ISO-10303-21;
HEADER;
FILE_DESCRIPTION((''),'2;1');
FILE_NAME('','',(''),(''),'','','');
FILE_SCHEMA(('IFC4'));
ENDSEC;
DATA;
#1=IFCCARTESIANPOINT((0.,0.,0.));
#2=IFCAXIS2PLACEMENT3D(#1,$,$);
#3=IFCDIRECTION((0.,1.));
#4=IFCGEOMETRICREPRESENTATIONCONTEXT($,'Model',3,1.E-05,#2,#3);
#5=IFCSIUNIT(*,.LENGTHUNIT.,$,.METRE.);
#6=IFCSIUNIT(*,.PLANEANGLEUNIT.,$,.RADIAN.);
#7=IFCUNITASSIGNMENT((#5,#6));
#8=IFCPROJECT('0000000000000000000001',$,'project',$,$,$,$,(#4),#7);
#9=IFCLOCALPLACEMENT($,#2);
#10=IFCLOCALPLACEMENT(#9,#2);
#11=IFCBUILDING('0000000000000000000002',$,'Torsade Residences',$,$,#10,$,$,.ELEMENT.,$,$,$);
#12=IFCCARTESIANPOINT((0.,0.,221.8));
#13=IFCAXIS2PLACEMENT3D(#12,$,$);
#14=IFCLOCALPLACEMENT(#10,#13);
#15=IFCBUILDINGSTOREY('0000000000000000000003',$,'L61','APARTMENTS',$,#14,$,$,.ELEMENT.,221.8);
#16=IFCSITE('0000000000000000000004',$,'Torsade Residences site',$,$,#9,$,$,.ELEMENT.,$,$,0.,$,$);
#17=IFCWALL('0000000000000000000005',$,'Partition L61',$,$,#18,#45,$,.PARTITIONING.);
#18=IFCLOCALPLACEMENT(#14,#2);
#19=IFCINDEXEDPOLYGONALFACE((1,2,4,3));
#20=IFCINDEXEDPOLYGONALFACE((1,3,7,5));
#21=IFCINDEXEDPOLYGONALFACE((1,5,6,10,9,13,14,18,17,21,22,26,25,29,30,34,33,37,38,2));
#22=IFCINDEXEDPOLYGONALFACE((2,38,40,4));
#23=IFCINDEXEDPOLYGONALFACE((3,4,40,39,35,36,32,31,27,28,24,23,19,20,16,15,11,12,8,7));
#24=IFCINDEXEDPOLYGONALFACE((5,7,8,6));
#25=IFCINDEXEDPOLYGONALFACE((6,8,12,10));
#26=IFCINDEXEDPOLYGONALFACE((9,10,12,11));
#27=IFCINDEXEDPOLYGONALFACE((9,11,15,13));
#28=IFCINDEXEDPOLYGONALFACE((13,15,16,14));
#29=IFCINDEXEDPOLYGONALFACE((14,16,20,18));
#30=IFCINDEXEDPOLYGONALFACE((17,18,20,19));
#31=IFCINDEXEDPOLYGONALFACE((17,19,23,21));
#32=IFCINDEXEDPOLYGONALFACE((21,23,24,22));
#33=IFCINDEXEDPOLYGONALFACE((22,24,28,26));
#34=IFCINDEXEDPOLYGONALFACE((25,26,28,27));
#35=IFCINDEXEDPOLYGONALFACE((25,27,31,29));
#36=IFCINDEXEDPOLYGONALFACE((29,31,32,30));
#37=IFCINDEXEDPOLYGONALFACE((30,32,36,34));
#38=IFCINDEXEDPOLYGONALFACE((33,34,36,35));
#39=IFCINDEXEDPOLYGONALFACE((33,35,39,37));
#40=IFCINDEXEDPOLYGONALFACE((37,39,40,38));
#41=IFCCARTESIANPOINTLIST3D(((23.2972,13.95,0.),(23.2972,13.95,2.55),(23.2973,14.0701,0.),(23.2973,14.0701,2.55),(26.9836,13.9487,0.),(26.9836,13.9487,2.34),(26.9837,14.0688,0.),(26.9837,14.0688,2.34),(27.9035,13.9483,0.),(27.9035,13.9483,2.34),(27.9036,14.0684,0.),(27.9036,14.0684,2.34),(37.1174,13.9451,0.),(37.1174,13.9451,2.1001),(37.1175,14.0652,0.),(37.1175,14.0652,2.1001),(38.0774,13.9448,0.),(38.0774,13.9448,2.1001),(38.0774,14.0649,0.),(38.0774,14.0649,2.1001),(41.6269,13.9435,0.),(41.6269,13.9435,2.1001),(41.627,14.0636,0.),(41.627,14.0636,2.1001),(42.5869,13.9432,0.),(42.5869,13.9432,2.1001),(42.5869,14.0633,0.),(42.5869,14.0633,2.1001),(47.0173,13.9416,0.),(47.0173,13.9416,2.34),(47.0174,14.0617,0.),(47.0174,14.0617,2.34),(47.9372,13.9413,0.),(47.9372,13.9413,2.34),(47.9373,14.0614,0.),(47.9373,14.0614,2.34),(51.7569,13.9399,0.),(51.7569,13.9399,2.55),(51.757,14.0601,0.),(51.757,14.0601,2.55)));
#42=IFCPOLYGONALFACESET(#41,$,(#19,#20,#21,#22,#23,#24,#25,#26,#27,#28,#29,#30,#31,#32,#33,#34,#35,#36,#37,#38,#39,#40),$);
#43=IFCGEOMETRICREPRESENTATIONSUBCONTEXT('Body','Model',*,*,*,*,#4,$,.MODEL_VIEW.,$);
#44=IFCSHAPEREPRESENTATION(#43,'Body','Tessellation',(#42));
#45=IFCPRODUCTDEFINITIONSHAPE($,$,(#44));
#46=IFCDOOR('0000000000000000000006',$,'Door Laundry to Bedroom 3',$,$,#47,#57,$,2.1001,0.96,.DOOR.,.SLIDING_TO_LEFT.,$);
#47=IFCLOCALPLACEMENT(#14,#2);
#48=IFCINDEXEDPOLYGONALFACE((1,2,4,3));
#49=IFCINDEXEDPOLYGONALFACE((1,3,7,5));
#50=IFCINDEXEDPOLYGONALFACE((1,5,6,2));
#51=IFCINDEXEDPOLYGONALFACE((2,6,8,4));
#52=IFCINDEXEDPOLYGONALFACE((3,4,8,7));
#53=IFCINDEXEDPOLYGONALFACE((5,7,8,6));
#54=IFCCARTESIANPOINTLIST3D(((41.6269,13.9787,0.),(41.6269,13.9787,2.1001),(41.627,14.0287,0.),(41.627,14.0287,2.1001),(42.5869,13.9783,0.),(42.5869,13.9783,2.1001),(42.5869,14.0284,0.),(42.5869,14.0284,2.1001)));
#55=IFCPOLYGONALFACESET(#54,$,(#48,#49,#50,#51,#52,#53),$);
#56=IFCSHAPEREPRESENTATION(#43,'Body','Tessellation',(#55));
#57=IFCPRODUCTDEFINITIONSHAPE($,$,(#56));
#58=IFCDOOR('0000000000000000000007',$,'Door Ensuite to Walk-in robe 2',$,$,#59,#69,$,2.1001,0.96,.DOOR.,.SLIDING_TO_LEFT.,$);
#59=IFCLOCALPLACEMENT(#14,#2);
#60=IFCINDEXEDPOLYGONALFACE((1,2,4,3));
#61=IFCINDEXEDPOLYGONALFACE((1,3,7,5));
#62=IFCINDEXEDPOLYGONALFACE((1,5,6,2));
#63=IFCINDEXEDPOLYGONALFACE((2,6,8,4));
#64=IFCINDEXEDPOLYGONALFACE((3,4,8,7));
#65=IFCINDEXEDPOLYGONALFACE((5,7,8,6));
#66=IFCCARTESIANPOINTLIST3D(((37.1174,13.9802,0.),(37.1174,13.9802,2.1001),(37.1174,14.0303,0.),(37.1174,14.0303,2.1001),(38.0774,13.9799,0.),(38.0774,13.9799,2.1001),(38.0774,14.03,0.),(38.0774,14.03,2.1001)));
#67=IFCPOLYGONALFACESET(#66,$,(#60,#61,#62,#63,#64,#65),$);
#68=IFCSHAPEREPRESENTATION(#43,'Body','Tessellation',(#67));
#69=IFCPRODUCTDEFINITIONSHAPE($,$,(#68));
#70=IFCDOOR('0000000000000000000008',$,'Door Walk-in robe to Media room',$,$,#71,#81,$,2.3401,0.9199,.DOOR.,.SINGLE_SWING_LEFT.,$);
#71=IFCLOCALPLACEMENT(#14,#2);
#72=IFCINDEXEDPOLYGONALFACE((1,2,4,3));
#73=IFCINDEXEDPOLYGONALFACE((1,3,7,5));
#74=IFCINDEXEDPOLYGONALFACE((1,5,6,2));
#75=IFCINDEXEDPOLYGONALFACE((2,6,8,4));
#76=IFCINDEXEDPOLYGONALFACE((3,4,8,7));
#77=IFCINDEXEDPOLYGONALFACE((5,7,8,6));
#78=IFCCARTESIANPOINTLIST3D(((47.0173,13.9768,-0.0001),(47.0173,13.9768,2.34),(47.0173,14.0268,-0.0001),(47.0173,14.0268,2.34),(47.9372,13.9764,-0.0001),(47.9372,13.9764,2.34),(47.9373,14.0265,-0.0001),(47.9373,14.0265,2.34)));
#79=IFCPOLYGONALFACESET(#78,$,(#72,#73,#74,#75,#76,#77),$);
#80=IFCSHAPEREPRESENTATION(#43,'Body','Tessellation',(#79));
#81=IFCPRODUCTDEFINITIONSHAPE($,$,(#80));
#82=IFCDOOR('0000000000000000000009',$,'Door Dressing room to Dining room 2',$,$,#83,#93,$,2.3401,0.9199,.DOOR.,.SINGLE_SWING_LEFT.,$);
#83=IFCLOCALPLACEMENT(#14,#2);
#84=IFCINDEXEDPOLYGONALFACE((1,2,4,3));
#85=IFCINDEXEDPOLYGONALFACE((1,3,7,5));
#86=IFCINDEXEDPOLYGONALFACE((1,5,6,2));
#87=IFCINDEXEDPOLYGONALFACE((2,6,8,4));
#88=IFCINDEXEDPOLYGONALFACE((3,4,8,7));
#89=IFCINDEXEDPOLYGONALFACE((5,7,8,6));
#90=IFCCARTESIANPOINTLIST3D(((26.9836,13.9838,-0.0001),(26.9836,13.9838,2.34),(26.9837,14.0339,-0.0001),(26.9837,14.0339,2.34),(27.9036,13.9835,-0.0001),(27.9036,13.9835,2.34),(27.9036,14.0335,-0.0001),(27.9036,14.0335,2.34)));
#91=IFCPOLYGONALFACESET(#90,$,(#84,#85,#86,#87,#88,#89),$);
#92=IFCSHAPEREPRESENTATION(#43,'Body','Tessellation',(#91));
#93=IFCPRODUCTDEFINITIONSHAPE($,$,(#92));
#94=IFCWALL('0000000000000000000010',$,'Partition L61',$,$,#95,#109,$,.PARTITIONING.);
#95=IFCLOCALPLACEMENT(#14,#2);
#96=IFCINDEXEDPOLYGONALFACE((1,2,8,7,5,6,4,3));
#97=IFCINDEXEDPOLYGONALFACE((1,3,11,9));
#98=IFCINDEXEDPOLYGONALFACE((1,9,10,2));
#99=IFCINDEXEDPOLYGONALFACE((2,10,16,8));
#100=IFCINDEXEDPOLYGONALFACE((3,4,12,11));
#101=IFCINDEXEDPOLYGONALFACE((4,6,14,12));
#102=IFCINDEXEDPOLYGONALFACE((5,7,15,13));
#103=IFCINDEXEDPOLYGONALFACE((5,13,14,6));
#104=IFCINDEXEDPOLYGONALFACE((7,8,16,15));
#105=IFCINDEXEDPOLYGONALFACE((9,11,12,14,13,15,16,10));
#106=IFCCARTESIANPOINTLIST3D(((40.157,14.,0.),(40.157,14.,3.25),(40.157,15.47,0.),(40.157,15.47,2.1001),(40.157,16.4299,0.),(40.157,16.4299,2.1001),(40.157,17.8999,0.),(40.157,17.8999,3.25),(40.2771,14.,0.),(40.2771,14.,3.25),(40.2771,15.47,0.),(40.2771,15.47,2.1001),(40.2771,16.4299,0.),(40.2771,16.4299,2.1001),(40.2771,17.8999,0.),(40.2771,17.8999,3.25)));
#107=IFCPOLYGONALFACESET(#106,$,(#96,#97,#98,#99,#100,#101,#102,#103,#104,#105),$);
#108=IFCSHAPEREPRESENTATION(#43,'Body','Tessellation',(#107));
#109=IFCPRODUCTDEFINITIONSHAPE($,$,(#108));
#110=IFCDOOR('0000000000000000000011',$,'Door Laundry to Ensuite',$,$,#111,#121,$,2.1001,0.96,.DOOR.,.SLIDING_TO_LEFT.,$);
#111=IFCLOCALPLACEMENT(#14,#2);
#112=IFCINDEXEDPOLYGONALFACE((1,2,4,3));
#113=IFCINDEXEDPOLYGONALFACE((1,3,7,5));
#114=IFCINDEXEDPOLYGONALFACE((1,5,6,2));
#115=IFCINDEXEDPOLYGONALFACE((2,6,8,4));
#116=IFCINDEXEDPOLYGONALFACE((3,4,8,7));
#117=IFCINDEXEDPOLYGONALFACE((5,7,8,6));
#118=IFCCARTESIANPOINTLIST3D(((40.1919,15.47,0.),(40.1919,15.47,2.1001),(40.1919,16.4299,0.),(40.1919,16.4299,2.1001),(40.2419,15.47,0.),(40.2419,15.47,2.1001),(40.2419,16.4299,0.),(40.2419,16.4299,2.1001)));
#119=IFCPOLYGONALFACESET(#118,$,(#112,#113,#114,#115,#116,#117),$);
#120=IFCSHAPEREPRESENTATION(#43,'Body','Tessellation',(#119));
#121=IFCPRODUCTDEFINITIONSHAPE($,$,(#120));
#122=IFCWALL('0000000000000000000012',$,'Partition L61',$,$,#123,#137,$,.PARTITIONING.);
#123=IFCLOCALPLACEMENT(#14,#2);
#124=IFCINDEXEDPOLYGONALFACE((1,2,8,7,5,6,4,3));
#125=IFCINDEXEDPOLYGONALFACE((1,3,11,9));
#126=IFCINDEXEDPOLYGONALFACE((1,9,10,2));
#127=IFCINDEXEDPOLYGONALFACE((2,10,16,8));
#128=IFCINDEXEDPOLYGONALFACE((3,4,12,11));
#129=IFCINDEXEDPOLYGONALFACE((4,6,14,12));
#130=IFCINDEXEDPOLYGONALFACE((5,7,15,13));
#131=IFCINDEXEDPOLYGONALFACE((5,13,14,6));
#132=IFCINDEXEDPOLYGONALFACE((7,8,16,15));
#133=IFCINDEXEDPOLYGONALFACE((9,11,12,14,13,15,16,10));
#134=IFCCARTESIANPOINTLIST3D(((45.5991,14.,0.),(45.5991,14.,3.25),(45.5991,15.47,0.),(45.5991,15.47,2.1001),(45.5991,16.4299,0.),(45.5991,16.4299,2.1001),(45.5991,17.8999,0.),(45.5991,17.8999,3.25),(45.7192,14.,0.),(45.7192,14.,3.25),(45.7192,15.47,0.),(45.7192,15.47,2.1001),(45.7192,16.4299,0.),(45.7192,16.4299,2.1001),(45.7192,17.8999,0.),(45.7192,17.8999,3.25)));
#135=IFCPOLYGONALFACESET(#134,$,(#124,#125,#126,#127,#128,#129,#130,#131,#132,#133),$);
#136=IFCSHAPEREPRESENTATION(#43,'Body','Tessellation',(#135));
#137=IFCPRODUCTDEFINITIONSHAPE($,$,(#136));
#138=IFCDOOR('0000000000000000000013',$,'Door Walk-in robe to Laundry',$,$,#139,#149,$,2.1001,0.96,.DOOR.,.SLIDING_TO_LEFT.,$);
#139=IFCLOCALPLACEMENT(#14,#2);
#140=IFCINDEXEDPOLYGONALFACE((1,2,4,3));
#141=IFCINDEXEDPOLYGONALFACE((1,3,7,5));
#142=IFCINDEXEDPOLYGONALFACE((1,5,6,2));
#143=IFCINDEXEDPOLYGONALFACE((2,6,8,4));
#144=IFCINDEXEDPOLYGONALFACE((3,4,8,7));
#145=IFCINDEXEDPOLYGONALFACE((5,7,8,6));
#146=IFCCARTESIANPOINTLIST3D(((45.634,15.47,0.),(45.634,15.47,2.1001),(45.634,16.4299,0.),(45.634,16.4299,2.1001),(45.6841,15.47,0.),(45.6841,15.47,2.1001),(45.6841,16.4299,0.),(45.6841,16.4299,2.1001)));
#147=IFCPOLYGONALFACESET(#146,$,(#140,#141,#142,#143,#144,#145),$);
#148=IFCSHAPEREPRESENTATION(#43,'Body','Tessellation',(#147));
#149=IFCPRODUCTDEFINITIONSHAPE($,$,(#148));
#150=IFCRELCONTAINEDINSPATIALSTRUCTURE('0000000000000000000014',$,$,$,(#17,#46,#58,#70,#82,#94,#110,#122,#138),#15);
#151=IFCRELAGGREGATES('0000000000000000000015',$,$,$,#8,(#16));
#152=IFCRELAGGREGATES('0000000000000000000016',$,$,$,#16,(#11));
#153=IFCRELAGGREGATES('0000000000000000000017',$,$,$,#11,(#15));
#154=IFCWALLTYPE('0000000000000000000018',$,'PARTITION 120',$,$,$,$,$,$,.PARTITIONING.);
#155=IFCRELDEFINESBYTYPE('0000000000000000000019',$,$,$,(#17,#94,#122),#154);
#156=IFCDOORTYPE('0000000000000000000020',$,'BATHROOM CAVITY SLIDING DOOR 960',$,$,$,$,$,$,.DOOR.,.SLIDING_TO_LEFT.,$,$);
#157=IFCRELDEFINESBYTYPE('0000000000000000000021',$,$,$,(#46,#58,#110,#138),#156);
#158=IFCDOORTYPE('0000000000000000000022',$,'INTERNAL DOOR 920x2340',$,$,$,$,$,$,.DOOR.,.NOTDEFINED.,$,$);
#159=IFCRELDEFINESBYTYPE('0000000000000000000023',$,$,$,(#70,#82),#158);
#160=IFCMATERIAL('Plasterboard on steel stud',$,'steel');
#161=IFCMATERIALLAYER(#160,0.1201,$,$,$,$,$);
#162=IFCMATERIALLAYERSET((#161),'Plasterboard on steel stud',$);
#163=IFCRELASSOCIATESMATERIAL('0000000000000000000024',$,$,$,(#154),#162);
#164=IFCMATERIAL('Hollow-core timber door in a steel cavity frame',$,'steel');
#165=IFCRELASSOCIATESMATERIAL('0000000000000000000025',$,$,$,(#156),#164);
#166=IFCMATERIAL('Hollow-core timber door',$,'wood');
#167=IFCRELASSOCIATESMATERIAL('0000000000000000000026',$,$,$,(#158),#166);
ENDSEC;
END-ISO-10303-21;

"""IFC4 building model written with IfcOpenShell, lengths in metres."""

from ifc_helpers import new_model, si_unit, direction, frame, frame_2d, origin, place, context, subcontext, project, spatial, rectangle, extrude, material, layer, layer_set, type_object, element, fill, save


model = new_model("IFC4")

# Units and contexts
model_context = context("Model", 3, precision=1e-05, world=origin(), true_north=direction((0.0, 1.0)))
body_context = subcontext(model_context, "Body", "Model", "MODEL_VIEW")
ifc_project = project(units=[si_unit("LENGTHUNIT", "METRE"), si_unit("PLANEANGLEUNIT", "RADIAN")], contexts=[model_context])

# Site, building, storey
site_placement = place(None, origin())
site = spatial("IfcSite", under=ifc_project, at=site_placement, Name="Torsade Residences site", CompositionType="ELEMENT", RefElevation=0.0)
building_placement = place(site_placement, origin())
building = spatial("IfcBuilding", under=site, at=building_placement, Name="Torsade Residences", CompositionType="ELEMENT")
storey_placement = place(building_placement, frame((0.0, 0.0, 221.8)))
storey = spatial("IfcBuildingStorey", under=building, at=storey_placement, Name="L61", Description="APARTMENTS", CompositionType="ELEMENT", Elevation=221.8)

# Wall, openings, doors
ifc_material_1 = material(Name="Plasterboard on steel stud", Category="steel")
ifc_layer_1 = layer(ifc_material_1, 0.1201)
ifc_layer_set_1 = layer_set([ifc_layer_1], Name="Plasterboard on steel stud")
wall_type_1 = type_object("IfcWallType", Name="PARTITION 120", PredefinedType="PARTITIONING", material=ifc_layer_set_1)
wall_1_placement = place(storey_placement, frame((51.7571, 14.0, 0.0), z_axis=(0.0, 0.0, 1.0), x_axis=(-1.0, 0.000352, 0.0)))
wall_1 = element("IfcWall", 1, at=wall_1_placement, inside=storey, type_object=wall_type_1, Name="Partition L61", PredefinedType="PARTITIONING", context=body_context, shape_type="SweptSolid", body=[
    extrude(rectangle(XDim=28.4597, YDim=0.1201, at=frame_2d((14.23, 0.0))), origin(), (0.0, 0.0, 1.0), 2.55),
])
opening_1_placement = place(wall_1_placement, frame((3.8198, 0.0, 0.0)))
opening_1 = element("IfcOpeningElement", 2, at=opening_1_placement, cuts=wall_1, PredefinedType="OPENING", context=body_context, shape_type="SweptSolid", body=[
    extrude(rectangle(XDim=0.9199, YDim=2.3401, at=frame_2d((0.46, 1.1699))), frame((0.0, 0.0701, 0.0), z_axis=(0.0, -1.0, 0.0), x_axis=(1.0, 0.0, 0.0)), (0.0, 0.0, 1.0), 0.1401),
])
opening_2_placement = place(wall_1_placement, frame((9.1702, 0.0, 0.0)))
opening_2 = element("IfcOpeningElement", 3, at=opening_2_placement, cuts=wall_1, PredefinedType="OPENING", context=body_context, shape_type="SweptSolid", body=[
    extrude(rectangle(XDim=0.96, YDim=2.1001, at=frame_2d((0.48, 1.05))), frame((0.0, 0.0701, 0.0), z_axis=(0.0, -1.0, 0.0), x_axis=(1.0, 0.0, 0.0)), (0.0, 0.0, 1.0), 0.1401),
])
opening_3_placement = place(wall_1_placement, frame((13.6797, 0.0, 0.0)))
opening_3 = element("IfcOpeningElement", 4, at=opening_3_placement, cuts=wall_1, PredefinedType="OPENING", context=body_context, shape_type="SweptSolid", body=[
    extrude(rectangle(XDim=0.96, YDim=2.1001, at=frame_2d((0.48, 1.05))), frame((0.0, 0.0701, 0.0), z_axis=(0.0, -1.0, 0.0), x_axis=(1.0, 0.0, 0.0)), (0.0, 0.0, 1.0), 0.1401),
])
opening_4_placement = place(wall_1_placement, frame((23.8535, 0.0, 0.0)))
opening_4 = element("IfcOpeningElement", 5, at=opening_4_placement, cuts=wall_1, PredefinedType="OPENING", context=body_context, shape_type="SweptSolid", body=[
    extrude(rectangle(XDim=0.9199, YDim=2.3401, at=frame_2d((0.46, 1.1699))), frame((0.0, 0.0701, 0.0), z_axis=(0.0, -1.0, 0.0), x_axis=(1.0, 0.0, 0.0)), (0.0, 0.0, 1.0), 0.1401),
])
ifc_material_2 = material(Name="Hollow-core timber door in a steel cavity frame", Category="steel")
door_type_1 = type_object("IfcDoorType", Name="BATHROOM CAVITY SLIDING DOOR 960", OperationType="SLIDING_TO_LEFT", PredefinedType="DOOR", material=ifc_material_2)
door_1_placement = place(opening_2_placement, origin())
door_1 = element("IfcDoor", 6, at=door_1_placement, inside=storey, type_object=door_type_1, Name="Door Laundry to Bedroom 3", OperationType="SLIDING_TO_LEFT", OverallHeight=2.1001, OverallWidth=0.96, PredefinedType="DOOR", context=body_context, shape_type="SweptSolid", body=[
    extrude(rectangle(XDim=0.96, YDim=2.1001, at=frame_2d((0.48, 1.05))), frame((0.0, 0.0249, 0.0), z_axis=(0.0, -1.0, 0.0), x_axis=(1.0, 0.0, 0.0)), (0.0, 0.0, 1.0), 0.05),
])
fill(opening_2, door_1)
door_2_placement = place(opening_3_placement, origin())
door_2 = element("IfcDoor", 7, at=door_2_placement, inside=storey, type_object=door_type_1, Name="Door Ensuite to Walk-in robe 2", OperationType="SLIDING_TO_LEFT", OverallHeight=2.1001, OverallWidth=0.96, PredefinedType="DOOR", context=body_context, shape_type="SweptSolid", body=[
    extrude(rectangle(XDim=0.96, YDim=2.1001, at=frame_2d((0.48, 1.05))), frame((0.0, 0.0249, 0.0), z_axis=(0.0, -1.0, 0.0), x_axis=(1.0, 0.0, 0.0)), (0.0, 0.0, 1.0), 0.05),
])
fill(opening_3, door_2)
ifc_material_3 = material(Name="Hollow-core timber door", Category="wood")
door_type_2 = type_object("IfcDoorType", Name="INTERNAL DOOR 920x2340", OperationType="NOTDEFINED", PredefinedType="DOOR", material=ifc_material_3)
door_3_placement = place(opening_1_placement, origin())
door_3 = element("IfcDoor", 8, at=door_3_placement, inside=storey, type_object=door_type_2, Name="Door Walk-in robe to Media room", OperationType="SINGLE_SWING_LEFT", OverallHeight=2.3401, OverallWidth=0.9199, PredefinedType="DOOR", context=body_context, shape_type="SweptSolid", body=[
    extrude(rectangle(XDim=0.9199, YDim=2.3401, at=frame_2d((0.46, 1.1699))), frame((0.0, 0.0249, 0.0), z_axis=(0.0, -1.0, 0.0), x_axis=(1.0, 0.0, 0.0)), (0.0, 0.0, 1.0), 0.05),
])
fill(opening_1, door_3)
door_4_placement = place(opening_4_placement, origin())
door_4 = element("IfcDoor", 9, at=door_4_placement, inside=storey, type_object=door_type_2, Name="Door Dressing room to Dining room 2", OperationType="SINGLE_SWING_LEFT", OverallHeight=2.3401, OverallWidth=0.9199, PredefinedType="DOOR", context=body_context, shape_type="SweptSolid", body=[
    extrude(rectangle(XDim=0.9199, YDim=2.3401, at=frame_2d((0.46, 1.1699))), frame((0.0, 0.0249, 0.0), z_axis=(0.0, -1.0, 0.0), x_axis=(1.0, 0.0, 0.0)), (0.0, 0.0, 1.0), 0.05),
])
fill(opening_4, door_4)

# Walls, openings, doors
wall_2_placement = place(storey_placement, frame((40.217, 17.8999, 0.0), z_axis=(0.0, 0.0, 1.0), x_axis=(0.0, -1.0, 0.0)))
wall_2 = element("IfcWall", 10, at=wall_2_placement, inside=storey, type_object=wall_type_1, Name="Partition L61", PredefinedType="PARTITIONING", context=body_context, shape_type="SweptSolid", body=[
    extrude(rectangle(XDim=3.8999, YDim=0.1201, at=frame_2d((1.95, 0.0))), origin(), (0.0, 0.0, 1.0), 3.25),
])
opening_5_placement = place(wall_2_placement, frame((1.47, 0.0, 0.0)))
opening_5 = element("IfcOpeningElement", 11, at=opening_5_placement, cuts=wall_2, PredefinedType="OPENING", context=body_context, shape_type="SweptSolid", body=[
    extrude(rectangle(XDim=0.96, YDim=2.1001, at=frame_2d((0.48, 1.05))), frame((0.0, 0.0701, 0.0), z_axis=(0.0, -1.0, 0.0), x_axis=(1.0, 0.0, 0.0)), (0.0, 0.0, 1.0), 0.1401),
])
door_5_placement = place(opening_5_placement, origin())
door_5 = element("IfcDoor", 12, at=door_5_placement, inside=storey, type_object=door_type_1, Name="Door Laundry to Ensuite", OperationType="SLIDING_TO_LEFT", OverallHeight=2.1001, OverallWidth=0.96, PredefinedType="DOOR", context=body_context, shape_type="SweptSolid", body=[
    extrude(rectangle(XDim=0.96, YDim=2.1001, at=frame_2d((0.48, 1.05))), frame((0.0, 0.0249, 0.0), z_axis=(0.0, -1.0, 0.0), x_axis=(1.0, 0.0, 0.0)), (0.0, 0.0, 1.0), 0.05),
])
fill(opening_5, door_5)
wall_3_placement = place(storey_placement, frame((45.6592, 17.8999, 0.0), z_axis=(0.0, 0.0, 1.0), x_axis=(0.0, -1.0, 0.0)))
wall_3 = element("IfcWall", 13, at=wall_3_placement, inside=storey, type_object=wall_type_1, Name="Partition L61", PredefinedType="PARTITIONING", context=body_context, shape_type="SweptSolid", body=[
    extrude(rectangle(XDim=3.8999, YDim=0.1201, at=frame_2d((1.95, 0.0))), origin(), (0.0, 0.0, 1.0), 3.25),
])
opening_6_placement = place(wall_3_placement, frame((1.47, 0.0, 0.0)))
opening_6 = element("IfcOpeningElement", 14, at=opening_6_placement, cuts=wall_3, PredefinedType="OPENING", context=body_context, shape_type="SweptSolid", body=[
    extrude(rectangle(XDim=0.96, YDim=2.1001, at=frame_2d((0.48, 1.05))), frame((0.0, 0.0701, 0.0), z_axis=(0.0, -1.0, 0.0), x_axis=(1.0, 0.0, 0.0)), (0.0, 0.0, 1.0), 0.1401),
])
door_6_placement = place(opening_6_placement, origin())
door_6 = element("IfcDoor", 15, at=door_6_placement, inside=storey, type_object=door_type_1, Name="Door Walk-in robe to Laundry", OperationType="SLIDING_TO_LEFT", OverallHeight=2.1001, OverallWidth=0.96, PredefinedType="DOOR", context=body_context, shape_type="SweptSolid", body=[
    extrude(rectangle(XDim=0.96, YDim=2.1001, at=frame_2d((0.48, 1.05))), frame((0.0, 0.0249, 0.0), z_axis=(0.0, -1.0, 0.0), x_axis=(1.0, 0.0, 0.0)), (0.0, 0.0, 1.0), 0.05),
])
fill(opening_6, door_6)

save(model, "model.ifc")
